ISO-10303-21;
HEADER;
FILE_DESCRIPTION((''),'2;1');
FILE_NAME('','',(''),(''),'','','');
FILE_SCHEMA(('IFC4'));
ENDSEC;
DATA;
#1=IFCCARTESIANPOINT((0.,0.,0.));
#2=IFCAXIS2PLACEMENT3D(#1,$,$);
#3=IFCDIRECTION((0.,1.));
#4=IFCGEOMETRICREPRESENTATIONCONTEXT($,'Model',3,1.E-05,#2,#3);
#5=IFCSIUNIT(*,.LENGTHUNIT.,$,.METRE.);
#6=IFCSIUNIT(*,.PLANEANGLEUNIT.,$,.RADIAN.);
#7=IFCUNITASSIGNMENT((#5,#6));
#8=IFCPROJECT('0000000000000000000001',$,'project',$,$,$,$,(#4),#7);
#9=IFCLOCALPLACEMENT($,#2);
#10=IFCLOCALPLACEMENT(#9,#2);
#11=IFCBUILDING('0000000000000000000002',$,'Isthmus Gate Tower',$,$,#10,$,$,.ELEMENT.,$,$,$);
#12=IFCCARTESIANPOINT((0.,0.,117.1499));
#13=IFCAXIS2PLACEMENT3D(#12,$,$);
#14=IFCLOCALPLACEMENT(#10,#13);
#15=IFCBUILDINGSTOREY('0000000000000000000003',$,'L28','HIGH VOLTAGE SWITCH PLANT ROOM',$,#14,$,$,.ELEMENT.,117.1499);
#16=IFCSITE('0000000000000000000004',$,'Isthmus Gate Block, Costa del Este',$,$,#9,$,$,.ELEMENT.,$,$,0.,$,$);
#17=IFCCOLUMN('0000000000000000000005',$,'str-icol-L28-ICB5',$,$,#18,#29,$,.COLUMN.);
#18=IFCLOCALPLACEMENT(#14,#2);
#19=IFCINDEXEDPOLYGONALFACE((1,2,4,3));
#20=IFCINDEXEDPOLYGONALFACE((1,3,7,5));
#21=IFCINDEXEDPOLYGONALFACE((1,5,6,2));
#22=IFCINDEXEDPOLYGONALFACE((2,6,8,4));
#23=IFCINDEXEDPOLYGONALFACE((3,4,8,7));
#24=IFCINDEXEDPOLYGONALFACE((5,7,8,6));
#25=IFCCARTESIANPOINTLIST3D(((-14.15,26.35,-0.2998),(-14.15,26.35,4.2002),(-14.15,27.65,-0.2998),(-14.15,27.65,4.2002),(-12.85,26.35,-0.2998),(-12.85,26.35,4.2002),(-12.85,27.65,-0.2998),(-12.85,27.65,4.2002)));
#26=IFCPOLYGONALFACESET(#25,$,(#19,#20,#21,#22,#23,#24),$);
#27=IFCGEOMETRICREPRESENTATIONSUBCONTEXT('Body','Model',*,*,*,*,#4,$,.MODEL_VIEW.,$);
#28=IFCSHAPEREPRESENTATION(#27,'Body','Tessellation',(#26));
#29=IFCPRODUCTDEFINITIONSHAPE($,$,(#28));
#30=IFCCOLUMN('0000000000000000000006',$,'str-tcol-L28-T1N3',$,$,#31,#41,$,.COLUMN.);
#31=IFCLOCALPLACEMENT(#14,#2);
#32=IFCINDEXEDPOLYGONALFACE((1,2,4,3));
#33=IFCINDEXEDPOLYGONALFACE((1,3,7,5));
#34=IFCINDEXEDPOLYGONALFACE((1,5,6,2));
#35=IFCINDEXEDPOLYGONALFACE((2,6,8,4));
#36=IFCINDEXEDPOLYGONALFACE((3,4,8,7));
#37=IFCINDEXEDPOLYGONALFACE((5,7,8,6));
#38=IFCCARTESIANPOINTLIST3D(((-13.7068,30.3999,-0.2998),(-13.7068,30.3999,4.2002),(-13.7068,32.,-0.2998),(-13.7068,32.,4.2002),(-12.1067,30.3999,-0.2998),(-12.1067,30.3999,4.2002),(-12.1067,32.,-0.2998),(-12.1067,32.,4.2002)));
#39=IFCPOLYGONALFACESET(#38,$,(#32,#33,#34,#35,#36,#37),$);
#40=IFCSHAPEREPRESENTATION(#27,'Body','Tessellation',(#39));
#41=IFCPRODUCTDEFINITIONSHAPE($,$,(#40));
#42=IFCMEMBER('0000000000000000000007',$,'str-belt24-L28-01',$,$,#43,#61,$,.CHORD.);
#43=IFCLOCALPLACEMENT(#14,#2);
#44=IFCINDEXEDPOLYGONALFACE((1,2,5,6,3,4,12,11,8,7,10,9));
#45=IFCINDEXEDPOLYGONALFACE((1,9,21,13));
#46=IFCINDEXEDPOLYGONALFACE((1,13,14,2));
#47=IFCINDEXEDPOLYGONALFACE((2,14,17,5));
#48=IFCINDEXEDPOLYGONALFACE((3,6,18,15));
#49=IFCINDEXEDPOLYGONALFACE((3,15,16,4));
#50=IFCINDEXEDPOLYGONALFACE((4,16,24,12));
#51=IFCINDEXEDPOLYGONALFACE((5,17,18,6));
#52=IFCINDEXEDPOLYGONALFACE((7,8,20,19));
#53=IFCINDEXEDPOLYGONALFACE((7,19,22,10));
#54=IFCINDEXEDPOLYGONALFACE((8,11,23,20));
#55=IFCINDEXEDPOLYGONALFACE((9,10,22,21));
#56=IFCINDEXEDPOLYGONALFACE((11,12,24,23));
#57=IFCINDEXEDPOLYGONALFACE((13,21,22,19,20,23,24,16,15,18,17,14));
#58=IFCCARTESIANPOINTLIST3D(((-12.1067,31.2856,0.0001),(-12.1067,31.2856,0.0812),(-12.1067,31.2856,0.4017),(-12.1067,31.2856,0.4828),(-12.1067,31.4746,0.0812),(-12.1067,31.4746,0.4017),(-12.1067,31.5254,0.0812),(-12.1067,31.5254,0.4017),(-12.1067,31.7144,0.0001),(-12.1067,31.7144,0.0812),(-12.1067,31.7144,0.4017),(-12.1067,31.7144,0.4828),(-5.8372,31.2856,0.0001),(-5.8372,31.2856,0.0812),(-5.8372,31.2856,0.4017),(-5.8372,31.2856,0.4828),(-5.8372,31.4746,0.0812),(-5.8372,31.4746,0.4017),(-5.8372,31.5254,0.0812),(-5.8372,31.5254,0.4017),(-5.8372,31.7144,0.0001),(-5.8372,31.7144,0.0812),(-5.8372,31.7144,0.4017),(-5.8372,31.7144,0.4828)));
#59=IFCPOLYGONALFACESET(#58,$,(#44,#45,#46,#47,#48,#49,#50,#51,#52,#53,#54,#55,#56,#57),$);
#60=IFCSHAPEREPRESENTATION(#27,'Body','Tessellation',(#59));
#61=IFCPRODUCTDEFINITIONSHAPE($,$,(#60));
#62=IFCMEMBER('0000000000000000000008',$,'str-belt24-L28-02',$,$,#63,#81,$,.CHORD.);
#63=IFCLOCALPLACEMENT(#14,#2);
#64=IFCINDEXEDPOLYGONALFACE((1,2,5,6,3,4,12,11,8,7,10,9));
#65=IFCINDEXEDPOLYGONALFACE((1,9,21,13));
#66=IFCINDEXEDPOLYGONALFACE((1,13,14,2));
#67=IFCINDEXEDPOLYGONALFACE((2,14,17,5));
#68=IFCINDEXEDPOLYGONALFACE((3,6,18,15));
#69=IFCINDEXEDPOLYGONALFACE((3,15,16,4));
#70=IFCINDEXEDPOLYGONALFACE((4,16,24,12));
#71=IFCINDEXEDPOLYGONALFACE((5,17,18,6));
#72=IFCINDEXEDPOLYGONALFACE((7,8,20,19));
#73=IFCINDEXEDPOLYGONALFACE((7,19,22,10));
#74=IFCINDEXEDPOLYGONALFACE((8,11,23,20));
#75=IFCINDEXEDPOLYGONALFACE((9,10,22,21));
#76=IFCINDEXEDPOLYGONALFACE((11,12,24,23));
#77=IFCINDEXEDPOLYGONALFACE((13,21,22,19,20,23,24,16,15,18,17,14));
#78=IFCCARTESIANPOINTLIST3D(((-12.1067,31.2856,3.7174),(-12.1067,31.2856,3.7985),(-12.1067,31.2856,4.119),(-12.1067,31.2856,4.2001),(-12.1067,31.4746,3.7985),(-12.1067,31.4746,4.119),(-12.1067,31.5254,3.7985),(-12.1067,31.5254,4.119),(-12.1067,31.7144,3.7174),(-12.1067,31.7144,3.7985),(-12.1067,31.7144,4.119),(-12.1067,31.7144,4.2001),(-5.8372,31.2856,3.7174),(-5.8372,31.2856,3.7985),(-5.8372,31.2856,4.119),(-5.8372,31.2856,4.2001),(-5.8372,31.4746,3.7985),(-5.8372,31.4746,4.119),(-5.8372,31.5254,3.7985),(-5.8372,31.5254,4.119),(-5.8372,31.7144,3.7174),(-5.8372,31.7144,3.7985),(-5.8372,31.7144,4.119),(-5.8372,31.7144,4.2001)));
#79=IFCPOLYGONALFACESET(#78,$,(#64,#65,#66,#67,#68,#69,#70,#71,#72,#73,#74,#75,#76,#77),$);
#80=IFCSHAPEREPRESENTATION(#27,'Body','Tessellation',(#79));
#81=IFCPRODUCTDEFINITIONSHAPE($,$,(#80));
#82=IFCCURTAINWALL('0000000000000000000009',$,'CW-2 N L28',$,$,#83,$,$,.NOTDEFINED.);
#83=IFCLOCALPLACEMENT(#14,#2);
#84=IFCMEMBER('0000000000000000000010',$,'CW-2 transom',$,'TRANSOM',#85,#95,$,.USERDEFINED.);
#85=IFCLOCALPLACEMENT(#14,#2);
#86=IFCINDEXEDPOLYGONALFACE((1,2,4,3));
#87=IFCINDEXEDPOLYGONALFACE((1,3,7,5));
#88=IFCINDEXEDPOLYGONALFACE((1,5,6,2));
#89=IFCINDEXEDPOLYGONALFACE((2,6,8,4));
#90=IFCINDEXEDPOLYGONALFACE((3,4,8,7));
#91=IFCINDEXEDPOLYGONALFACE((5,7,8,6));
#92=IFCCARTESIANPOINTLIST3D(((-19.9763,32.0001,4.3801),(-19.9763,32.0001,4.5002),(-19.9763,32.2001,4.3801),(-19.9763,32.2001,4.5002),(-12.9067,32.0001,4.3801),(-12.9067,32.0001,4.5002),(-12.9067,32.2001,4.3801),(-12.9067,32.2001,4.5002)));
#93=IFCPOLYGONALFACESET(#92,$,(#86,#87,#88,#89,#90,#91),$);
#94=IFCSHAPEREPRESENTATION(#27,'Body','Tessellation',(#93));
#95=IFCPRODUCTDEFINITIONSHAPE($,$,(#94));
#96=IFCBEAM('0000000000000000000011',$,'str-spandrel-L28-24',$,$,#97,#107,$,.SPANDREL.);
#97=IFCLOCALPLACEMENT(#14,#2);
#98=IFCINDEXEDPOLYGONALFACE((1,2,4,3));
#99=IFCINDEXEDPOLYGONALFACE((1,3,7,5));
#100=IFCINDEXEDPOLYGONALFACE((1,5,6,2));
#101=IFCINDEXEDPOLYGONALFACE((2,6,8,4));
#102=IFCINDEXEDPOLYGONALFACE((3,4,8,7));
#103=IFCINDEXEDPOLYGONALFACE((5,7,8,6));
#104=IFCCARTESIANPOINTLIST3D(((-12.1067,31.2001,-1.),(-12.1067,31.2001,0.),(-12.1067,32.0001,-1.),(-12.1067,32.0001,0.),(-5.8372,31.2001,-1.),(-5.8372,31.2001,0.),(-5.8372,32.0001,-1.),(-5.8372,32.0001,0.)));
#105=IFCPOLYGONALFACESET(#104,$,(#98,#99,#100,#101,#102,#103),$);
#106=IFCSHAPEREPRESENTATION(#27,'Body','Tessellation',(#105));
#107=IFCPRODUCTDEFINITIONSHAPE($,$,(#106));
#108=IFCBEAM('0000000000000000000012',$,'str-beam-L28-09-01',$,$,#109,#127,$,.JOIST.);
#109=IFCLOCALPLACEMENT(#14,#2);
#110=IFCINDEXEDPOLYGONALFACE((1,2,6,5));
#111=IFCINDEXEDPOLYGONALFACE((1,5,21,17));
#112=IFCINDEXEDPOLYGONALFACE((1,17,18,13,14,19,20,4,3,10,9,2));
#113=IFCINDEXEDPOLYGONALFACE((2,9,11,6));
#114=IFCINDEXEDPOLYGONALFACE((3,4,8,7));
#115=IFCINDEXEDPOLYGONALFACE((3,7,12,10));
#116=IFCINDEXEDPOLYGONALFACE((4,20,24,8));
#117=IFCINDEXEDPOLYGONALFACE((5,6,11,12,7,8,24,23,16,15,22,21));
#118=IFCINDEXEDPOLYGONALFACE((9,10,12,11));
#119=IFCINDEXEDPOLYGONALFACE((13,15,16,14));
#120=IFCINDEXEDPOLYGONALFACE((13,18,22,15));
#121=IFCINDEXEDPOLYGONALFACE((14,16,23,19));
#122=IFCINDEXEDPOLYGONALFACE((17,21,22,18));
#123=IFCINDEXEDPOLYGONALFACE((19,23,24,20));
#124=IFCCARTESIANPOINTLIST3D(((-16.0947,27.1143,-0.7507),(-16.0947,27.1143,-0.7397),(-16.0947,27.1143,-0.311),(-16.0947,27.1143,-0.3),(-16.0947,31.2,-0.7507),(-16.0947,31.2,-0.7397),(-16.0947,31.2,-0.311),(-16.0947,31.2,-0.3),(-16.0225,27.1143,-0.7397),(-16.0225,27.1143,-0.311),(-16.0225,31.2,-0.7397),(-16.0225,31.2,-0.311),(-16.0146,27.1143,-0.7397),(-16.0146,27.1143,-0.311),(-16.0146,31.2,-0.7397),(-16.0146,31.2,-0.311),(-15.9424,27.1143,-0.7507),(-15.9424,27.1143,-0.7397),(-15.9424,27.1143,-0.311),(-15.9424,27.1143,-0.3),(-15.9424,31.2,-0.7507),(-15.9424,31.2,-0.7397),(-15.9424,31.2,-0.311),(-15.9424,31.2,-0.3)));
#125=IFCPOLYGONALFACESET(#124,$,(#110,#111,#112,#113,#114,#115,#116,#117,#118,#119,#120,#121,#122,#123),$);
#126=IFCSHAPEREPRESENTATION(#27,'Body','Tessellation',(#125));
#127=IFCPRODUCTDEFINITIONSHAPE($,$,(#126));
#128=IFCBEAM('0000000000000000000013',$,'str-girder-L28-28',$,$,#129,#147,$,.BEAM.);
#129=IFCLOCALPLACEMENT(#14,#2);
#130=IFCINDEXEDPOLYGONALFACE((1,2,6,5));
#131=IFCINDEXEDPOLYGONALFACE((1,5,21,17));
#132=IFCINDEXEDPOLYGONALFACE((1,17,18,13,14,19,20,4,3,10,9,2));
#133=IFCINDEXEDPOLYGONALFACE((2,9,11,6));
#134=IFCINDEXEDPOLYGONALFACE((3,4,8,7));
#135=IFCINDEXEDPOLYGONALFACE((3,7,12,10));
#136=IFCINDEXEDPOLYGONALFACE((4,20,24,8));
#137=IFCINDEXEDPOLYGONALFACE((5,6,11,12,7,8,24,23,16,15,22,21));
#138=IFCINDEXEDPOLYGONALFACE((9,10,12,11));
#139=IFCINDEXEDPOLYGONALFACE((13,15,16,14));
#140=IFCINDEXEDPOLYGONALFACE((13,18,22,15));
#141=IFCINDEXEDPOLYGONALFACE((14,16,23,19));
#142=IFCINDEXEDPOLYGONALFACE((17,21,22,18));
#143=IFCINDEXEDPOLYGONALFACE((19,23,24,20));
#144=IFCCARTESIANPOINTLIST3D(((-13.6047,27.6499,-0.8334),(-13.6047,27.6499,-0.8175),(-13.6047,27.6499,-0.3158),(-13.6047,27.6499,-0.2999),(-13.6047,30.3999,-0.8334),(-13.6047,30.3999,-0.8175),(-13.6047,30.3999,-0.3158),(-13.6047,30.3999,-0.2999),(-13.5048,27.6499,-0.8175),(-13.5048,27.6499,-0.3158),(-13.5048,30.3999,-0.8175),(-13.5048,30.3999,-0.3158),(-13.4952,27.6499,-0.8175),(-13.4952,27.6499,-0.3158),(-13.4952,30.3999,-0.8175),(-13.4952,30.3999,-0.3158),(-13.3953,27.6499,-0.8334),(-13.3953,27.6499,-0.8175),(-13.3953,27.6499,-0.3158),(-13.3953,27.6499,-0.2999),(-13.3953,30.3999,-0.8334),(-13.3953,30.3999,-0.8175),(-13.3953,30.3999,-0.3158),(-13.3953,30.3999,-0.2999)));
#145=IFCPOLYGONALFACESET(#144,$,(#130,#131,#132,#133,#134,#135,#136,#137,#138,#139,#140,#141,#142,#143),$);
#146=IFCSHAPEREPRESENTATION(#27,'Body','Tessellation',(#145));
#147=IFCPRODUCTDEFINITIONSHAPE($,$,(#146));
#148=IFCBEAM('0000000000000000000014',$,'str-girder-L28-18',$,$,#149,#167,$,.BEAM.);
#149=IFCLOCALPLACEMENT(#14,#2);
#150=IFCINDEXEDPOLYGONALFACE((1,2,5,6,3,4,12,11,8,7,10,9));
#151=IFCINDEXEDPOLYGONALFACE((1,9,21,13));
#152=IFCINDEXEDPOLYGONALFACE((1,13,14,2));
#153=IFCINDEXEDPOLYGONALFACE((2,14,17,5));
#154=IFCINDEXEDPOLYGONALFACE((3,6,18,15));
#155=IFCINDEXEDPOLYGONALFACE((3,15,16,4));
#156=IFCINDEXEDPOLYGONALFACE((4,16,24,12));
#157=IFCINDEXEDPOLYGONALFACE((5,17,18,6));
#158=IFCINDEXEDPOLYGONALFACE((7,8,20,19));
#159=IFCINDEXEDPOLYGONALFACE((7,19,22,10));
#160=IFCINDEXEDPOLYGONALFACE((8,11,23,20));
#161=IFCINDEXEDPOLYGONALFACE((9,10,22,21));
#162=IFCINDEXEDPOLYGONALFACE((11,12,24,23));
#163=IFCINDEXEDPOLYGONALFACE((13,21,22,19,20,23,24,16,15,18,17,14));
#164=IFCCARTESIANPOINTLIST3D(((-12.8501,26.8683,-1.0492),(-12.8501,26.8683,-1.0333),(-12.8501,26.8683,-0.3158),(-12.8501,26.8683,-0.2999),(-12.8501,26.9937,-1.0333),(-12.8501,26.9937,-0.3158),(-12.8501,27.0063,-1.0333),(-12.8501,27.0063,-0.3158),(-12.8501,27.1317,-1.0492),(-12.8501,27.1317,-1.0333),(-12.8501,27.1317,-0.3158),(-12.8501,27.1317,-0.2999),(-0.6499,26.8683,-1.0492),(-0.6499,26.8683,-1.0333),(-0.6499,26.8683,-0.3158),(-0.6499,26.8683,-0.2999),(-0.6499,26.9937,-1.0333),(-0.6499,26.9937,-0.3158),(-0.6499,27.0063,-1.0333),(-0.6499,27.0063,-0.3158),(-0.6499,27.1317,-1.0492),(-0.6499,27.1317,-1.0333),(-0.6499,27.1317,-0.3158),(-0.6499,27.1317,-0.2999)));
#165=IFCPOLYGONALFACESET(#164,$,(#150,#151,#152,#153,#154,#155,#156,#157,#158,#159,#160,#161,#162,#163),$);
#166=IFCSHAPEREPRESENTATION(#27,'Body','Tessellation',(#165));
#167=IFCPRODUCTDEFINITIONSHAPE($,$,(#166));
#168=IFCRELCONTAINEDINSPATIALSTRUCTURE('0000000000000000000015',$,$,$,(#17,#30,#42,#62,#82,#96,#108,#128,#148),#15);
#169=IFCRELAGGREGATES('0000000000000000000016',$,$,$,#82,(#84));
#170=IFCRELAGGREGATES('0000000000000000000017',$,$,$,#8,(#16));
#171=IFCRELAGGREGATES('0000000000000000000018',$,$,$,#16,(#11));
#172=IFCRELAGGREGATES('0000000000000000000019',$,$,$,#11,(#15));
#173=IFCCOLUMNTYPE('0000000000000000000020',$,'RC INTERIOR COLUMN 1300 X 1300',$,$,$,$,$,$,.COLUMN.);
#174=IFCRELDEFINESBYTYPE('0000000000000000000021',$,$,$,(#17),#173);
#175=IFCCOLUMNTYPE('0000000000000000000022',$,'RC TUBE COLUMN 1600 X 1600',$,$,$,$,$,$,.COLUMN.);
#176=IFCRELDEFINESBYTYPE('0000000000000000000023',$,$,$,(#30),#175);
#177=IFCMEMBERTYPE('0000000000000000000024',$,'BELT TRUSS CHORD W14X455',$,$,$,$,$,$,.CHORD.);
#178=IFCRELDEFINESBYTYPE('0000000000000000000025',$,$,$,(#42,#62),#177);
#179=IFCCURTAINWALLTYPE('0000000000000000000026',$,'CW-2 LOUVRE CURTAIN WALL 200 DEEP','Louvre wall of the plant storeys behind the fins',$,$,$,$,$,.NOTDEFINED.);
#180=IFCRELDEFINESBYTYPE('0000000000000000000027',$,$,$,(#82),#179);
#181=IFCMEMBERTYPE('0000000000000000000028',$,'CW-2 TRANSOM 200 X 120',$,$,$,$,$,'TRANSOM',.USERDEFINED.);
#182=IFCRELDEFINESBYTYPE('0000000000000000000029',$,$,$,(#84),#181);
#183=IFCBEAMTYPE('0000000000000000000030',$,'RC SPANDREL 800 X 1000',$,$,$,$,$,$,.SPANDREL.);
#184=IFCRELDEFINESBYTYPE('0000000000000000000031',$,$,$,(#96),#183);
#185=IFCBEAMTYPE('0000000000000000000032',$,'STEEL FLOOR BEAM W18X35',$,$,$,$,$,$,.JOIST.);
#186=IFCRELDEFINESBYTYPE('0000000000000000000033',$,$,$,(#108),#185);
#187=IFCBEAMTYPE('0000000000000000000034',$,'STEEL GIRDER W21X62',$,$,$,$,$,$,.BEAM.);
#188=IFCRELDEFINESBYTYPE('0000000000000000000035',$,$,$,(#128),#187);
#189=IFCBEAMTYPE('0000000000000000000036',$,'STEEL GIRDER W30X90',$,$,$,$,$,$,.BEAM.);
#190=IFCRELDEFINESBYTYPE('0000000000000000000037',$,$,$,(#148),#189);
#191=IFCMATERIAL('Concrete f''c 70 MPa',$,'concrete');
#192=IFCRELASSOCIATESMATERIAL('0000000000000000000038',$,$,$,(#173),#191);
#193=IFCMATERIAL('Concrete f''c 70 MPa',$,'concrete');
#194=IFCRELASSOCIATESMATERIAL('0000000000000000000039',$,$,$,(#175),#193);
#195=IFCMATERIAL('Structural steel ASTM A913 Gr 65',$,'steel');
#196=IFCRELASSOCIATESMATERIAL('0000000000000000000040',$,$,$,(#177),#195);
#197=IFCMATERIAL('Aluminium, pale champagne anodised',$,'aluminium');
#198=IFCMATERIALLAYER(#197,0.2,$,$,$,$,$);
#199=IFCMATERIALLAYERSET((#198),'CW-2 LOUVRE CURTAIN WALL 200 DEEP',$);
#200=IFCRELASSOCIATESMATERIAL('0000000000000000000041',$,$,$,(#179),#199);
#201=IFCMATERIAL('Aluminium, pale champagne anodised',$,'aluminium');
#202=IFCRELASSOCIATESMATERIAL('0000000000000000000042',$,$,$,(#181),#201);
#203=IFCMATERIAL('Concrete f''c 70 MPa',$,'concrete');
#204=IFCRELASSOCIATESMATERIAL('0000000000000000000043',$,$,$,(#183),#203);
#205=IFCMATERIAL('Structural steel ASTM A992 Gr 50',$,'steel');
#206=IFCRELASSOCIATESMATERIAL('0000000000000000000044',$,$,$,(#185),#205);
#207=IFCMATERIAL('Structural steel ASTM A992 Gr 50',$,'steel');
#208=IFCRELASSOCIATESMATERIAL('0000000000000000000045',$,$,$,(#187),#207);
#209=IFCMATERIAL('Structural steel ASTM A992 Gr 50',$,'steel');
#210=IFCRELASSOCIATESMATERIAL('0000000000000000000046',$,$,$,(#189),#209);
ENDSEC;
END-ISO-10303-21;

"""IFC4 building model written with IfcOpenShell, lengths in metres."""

from ifc_helpers import new_model, si_unit, direction, frame, origin, origin_2d, place, context, subcontext, project, spatial, rectangle, i_section, extrude, material, layer, layer_set, material_profile, profile_set, type_object, element, aggregate, save


model = new_model("IFC4")

# Units and contexts
model_context = context("Model", 3, precision=1e-05, world=origin(), true_north=direction((0.0, 1.0)))
body_context = subcontext(model_context, "Body", "Model", "MODEL_VIEW")
ifc_project = project(units=[si_unit("LENGTHUNIT", "METRE"), si_unit("PLANEANGLEUNIT", "RADIAN")], contexts=[model_context])

# Site, building, storey
site_placement = place(None, origin())
site = spatial("IfcSite", under=ifc_project, at=site_placement, Name="Isthmus Gate Block, Costa del Este", CompositionType="ELEMENT", RefElevation=0.0)
building_placement = place(site_placement, origin())
building = spatial("IfcBuilding", under=site, at=building_placement, Name="Isthmus Gate Tower", CompositionType="ELEMENT")
storey_placement = place(building_placement, frame((0.0, 0.0, 117.1499)))
storey = spatial("IfcBuildingStorey", under=building, at=storey_placement, Name="L28", Description="HIGH VOLTAGE SWITCH PLANT ROOM", CompositionType="ELEMENT", Elevation=117.1499)

# Columns
ifc_material_1 = material(Name="Concrete f'c 70 MPa", Category="concrete")
ifc_material_profile_1 = material_profile(ifc_material_1, rectangle(XDim=1.3, YDim=1.3, at=origin_2d()), Name="RC 1300X1300")
ifc_profile_set_1 = profile_set([ifc_material_profile_1], Name="Concrete f'c 70 MPa")
column_type_1 = type_object("IfcColumnType", Name="RC INTERIOR COLUMN 1300 X 1300", PredefinedType="COLUMN", material=ifc_profile_set_1)
column_1_placement = place(storey_placement, frame((-13.5, 27.0, -0.2998), z_axis=(0.0, 0.0, 1.0), x_axis=(1.0, 0.0, 0.0)))
element("IfcColumn", 1, at=column_1_placement, inside=storey, type_object=column_type_1, Name="str-icol-L28-ICB5", PredefinedType="COLUMN", context=body_context, shape_type="SweptSolid", body=[
    extrude(rectangle(XDim=1.3, YDim=1.3, at=origin_2d()), origin(), (0.0, 0.0, 1.0), 4.5),
])
ifc_material_2 = material(Name="Concrete f'c 70 MPa", Category="concrete")
ifc_material_profile_2 = material_profile(ifc_material_2, rectangle(XDim=1.6001, YDim=1.6001, at=origin_2d()), Name="RC 1600X1600")
ifc_profile_set_2 = profile_set([ifc_material_profile_2], Name="Concrete f'c 70 MPa")
column_type_2 = type_object("IfcColumnType", Name="RC TUBE COLUMN 1600 X 1600", PredefinedType="COLUMN", material=ifc_profile_set_2)
column_2_placement = place(storey_placement, frame((-12.9067, 31.2, -0.2998), z_axis=(0.0, 0.0, 1.0), x_axis=(-1.0, 0.0, 0.0)))
element("IfcColumn", 2, at=column_2_placement, inside=storey, type_object=column_type_2, Name="str-tcol-L28-T1N3", PredefinedType="COLUMN", context=body_context, shape_type="SweptSolid", body=[
    extrude(rectangle(XDim=1.6001, YDim=1.6001, at=origin_2d()), origin(), (0.0, 0.0, 1.0), 4.5),
])

# Members
ifc_material_3 = material(Name="Structural steel ASTM A913 Gr 65", Category="steel")
ifc_material_profile_3 = material_profile(ifc_material_3, i_section(OverallWidth=0.4287, OverallDepth=0.4827, WebThickness=0.0508, FlangeThickness=0.0811, at=origin_2d()), Name="W14X455")
ifc_profile_set_3 = profile_set([ifc_material_profile_3], Name="Structural steel ASTM A913 Gr 65")
member_type_1 = type_object("IfcMemberType", Name="BELT TRUSS CHORD W14X455", PredefinedType="CHORD", material=ifc_profile_set_3)
for number, where, z_axis, x_axis, name in (
    (3, (-12.1067, 31.5, 0.2415), (1.0, 0.0, 0.0), (0.0, 1.0, 0.0), "str-belt24-L28-01"),
    (4, (-12.1067, 31.5, 3.9587), (1.0, 0.0, 0.0), (0.0, 1.0, 0.0), "str-belt24-L28-02"),
):
    element("IfcMember", number, at=place(storey_placement, frame(where, z_axis=z_axis, x_axis=x_axis)), inside=storey, type_object=member_type_1, Name=name, PredefinedType="CHORD", context=body_context, shape_type="SweptSolid", body=[
        extrude(i_section(OverallWidth=0.4287, OverallDepth=0.4827, WebThickness=0.0508, FlangeThickness=0.0811, at=origin_2d()), origin(), (0.0, 0.0, 1.0), 6.2695),
    ])

# Curtain wall, member
ifc_material_4 = material(Name="Aluminium, pale champagne anodised", Category="aluminium")
ifc_layer_1 = layer(ifc_material_4, 0.2)
ifc_layer_set_1 = layer_set([ifc_layer_1], Name="CW-2 LOUVRE CURTAIN WALL 200 DEEP")
curtain_wall_type = type_object("IfcCurtainWallType", Name="CW-2 LOUVRE CURTAIN WALL 200 DEEP", Description="Louvre wall of the plant storeys behind the fins", PredefinedType="NOTDEFINED", material=ifc_layer_set_1)
curtain_wall_placement = place(storey_placement, origin())
curtain_wall = element("IfcCurtainWall", 5, at=curtain_wall_placement, inside=storey, type_object=curtain_wall_type, Name="CW-2 N L28", PredefinedType="NOTDEFINED")
ifc_material_5 = material(Name="Aluminium, pale champagne anodised", Category="aluminium")
ifc_material_profile_4 = material_profile(ifc_material_5, rectangle(XDim=0.2, YDim=0.1201, at=origin_2d()), Name="200x120")
ifc_profile_set_4 = profile_set([ifc_material_profile_4], Name="Aluminium, pale champagne anodised")
member_type_2 = type_object("IfcMemberType", Name="CW-2 TRANSOM 200 X 120", ElementType="TRANSOM", PredefinedType="USERDEFINED", material=ifc_profile_set_4)
member_1_placement = place(storey_placement, frame((-12.9067, 32.1001, 4.4402), z_axis=(-1.0, 0.0, 0.0), x_axis=(0.0, -1.0, 0.0)))
member_1 = element("IfcMember", 6, at=member_1_placement, type_object=member_type_2, Name="CW-2 transom", ObjectType="TRANSOM", PredefinedType="USERDEFINED", context=body_context, shape_type="SweptSolid", body=[
    extrude(rectangle(XDim=0.2, YDim=0.1201, at=origin_2d()), origin(), (0.0, 0.0, 1.0), 7.0696),
])

# Beams
ifc_material_6 = material(Name="Concrete f'c 70 MPa", Category="concrete")
ifc_material_profile_5 = material_profile(ifc_material_6, rectangle(XDim=0.8, YDim=1.0, at=origin_2d()), Name="RC 800X1000")
ifc_profile_set_5 = profile_set([ifc_material_profile_5], Name="Concrete f'c 70 MPa")
beam_type_1 = type_object("IfcBeamType", Name="RC SPANDREL 800 X 1000", PredefinedType="SPANDREL", material=ifc_profile_set_5)
beam_1_placement = place(storey_placement, frame((-12.1067, 31.6001, -0.5), z_axis=(1.0, 0.0, 0.0), x_axis=(0.0, 1.0, 0.0)))
element("IfcBeam", 7, at=beam_1_placement, inside=storey, type_object=beam_type_1, Name="str-spandrel-L28-24", PredefinedType="SPANDREL", context=body_context, shape_type="SweptSolid", body=[
    extrude(rectangle(XDim=0.8, YDim=1.0, at=origin_2d()), origin(), (0.0, 0.0, 1.0), 6.2695),
])
ifc_material_7 = material(Name="Structural steel ASTM A992 Gr 50", Category="steel")
ifc_material_profile_6 = material_profile(ifc_material_7, i_section(OverallWidth=0.1523, OverallDepth=0.4507, WebThickness=0.0078, FlangeThickness=0.011, at=origin_2d()), Name="W18X35")
ifc_profile_set_6 = profile_set([ifc_material_profile_6], Name="Structural steel ASTM A992 Gr 50")
beam_type_2 = type_object("IfcBeamType", Name="STEEL FLOOR BEAM W18X35", PredefinedType="JOIST", material=ifc_profile_set_6)
beam_2_placement = place(storey_placement, frame((-16.0186, 27.1143, -0.5254), z_axis=(0.0, 1.0, 0.0), x_axis=(-1.0, 0.0, 0.0)))
element("IfcBeam", 8, at=beam_2_placement, inside=storey, type_object=beam_type_2, Name="str-beam-L28-09-01", PredefinedType="JOIST", context=body_context, shape_type="SweptSolid", body=[
    extrude(i_section(OverallWidth=0.1523, OverallDepth=0.4507, WebThickness=0.0078, FlangeThickness=0.011, at=origin_2d()), origin(), (0.0, 0.0, 1.0), 4.0857),
])
ifc_material_8 = material(Name="Structural steel ASTM A992 Gr 50", Category="steel")
ifc_material_profile_7 = material_profile(ifc_material_8, i_section(OverallWidth=0.2095, OverallDepth=0.5334, WebThickness=0.0095, FlangeThickness=0.0159, at=origin_2d()), Name="W21X62")
ifc_profile_set_7 = profile_set([ifc_material_profile_7], Name="Structural steel ASTM A992 Gr 50")
beam_type_3 = type_object("IfcBeamType", Name="STEEL GIRDER W21X62", PredefinedType="BEAM", material=ifc_profile_set_7)
beam_3_placement = place(storey_placement, frame((-13.5, 27.6499, -0.5667), z_axis=(0.0, 1.0, 0.0), x_axis=(-1.0, 0.0, 0.0)))
element("IfcBeam", 9, at=beam_3_placement, inside=storey, type_object=beam_type_3, Name="str-girder-L28-28", PredefinedType="BEAM", context=body_context, shape_type="SweptSolid", body=[
    extrude(i_section(OverallWidth=0.2095, OverallDepth=0.5334, WebThickness=0.0095, FlangeThickness=0.0159, at=origin_2d()), origin(), (0.0, 0.0, 1.0), 2.75),
])
ifc_material_9 = material(Name="Structural steel ASTM A992 Gr 50", Category="steel")
ifc_material_profile_8 = material_profile(ifc_material_9, i_section(OverallWidth=0.2634, OverallDepth=0.7493, WebThickness=0.0127, FlangeThickness=0.0159, at=origin_2d()), Name="W30X90")
ifc_profile_set_8 = profile_set([ifc_material_profile_8], Name="Structural steel ASTM A992 Gr 50")
beam_type_4 = type_object("IfcBeamType", Name="STEEL GIRDER W30X90", PredefinedType="BEAM", material=ifc_profile_set_8)
beam_4_placement = place(storey_placement, frame((-12.8501, 27.0, -0.6746), z_axis=(1.0, 0.0, 0.0), x_axis=(0.0, 1.0, 0.0)))
element("IfcBeam", 10, at=beam_4_placement, inside=storey, type_object=beam_type_4, Name="str-girder-L28-18", PredefinedType="BEAM", context=body_context, shape_type="SweptSolid", body=[
    extrude(i_section(OverallWidth=0.2634, OverallDepth=0.7493, WebThickness=0.0127, FlangeThickness=0.0159, at=origin_2d()), origin(), (0.0, 0.0, 1.0), 12.2002),
])

aggregate(curtain_wall, [member_1])

save(model, "model.ifc")
